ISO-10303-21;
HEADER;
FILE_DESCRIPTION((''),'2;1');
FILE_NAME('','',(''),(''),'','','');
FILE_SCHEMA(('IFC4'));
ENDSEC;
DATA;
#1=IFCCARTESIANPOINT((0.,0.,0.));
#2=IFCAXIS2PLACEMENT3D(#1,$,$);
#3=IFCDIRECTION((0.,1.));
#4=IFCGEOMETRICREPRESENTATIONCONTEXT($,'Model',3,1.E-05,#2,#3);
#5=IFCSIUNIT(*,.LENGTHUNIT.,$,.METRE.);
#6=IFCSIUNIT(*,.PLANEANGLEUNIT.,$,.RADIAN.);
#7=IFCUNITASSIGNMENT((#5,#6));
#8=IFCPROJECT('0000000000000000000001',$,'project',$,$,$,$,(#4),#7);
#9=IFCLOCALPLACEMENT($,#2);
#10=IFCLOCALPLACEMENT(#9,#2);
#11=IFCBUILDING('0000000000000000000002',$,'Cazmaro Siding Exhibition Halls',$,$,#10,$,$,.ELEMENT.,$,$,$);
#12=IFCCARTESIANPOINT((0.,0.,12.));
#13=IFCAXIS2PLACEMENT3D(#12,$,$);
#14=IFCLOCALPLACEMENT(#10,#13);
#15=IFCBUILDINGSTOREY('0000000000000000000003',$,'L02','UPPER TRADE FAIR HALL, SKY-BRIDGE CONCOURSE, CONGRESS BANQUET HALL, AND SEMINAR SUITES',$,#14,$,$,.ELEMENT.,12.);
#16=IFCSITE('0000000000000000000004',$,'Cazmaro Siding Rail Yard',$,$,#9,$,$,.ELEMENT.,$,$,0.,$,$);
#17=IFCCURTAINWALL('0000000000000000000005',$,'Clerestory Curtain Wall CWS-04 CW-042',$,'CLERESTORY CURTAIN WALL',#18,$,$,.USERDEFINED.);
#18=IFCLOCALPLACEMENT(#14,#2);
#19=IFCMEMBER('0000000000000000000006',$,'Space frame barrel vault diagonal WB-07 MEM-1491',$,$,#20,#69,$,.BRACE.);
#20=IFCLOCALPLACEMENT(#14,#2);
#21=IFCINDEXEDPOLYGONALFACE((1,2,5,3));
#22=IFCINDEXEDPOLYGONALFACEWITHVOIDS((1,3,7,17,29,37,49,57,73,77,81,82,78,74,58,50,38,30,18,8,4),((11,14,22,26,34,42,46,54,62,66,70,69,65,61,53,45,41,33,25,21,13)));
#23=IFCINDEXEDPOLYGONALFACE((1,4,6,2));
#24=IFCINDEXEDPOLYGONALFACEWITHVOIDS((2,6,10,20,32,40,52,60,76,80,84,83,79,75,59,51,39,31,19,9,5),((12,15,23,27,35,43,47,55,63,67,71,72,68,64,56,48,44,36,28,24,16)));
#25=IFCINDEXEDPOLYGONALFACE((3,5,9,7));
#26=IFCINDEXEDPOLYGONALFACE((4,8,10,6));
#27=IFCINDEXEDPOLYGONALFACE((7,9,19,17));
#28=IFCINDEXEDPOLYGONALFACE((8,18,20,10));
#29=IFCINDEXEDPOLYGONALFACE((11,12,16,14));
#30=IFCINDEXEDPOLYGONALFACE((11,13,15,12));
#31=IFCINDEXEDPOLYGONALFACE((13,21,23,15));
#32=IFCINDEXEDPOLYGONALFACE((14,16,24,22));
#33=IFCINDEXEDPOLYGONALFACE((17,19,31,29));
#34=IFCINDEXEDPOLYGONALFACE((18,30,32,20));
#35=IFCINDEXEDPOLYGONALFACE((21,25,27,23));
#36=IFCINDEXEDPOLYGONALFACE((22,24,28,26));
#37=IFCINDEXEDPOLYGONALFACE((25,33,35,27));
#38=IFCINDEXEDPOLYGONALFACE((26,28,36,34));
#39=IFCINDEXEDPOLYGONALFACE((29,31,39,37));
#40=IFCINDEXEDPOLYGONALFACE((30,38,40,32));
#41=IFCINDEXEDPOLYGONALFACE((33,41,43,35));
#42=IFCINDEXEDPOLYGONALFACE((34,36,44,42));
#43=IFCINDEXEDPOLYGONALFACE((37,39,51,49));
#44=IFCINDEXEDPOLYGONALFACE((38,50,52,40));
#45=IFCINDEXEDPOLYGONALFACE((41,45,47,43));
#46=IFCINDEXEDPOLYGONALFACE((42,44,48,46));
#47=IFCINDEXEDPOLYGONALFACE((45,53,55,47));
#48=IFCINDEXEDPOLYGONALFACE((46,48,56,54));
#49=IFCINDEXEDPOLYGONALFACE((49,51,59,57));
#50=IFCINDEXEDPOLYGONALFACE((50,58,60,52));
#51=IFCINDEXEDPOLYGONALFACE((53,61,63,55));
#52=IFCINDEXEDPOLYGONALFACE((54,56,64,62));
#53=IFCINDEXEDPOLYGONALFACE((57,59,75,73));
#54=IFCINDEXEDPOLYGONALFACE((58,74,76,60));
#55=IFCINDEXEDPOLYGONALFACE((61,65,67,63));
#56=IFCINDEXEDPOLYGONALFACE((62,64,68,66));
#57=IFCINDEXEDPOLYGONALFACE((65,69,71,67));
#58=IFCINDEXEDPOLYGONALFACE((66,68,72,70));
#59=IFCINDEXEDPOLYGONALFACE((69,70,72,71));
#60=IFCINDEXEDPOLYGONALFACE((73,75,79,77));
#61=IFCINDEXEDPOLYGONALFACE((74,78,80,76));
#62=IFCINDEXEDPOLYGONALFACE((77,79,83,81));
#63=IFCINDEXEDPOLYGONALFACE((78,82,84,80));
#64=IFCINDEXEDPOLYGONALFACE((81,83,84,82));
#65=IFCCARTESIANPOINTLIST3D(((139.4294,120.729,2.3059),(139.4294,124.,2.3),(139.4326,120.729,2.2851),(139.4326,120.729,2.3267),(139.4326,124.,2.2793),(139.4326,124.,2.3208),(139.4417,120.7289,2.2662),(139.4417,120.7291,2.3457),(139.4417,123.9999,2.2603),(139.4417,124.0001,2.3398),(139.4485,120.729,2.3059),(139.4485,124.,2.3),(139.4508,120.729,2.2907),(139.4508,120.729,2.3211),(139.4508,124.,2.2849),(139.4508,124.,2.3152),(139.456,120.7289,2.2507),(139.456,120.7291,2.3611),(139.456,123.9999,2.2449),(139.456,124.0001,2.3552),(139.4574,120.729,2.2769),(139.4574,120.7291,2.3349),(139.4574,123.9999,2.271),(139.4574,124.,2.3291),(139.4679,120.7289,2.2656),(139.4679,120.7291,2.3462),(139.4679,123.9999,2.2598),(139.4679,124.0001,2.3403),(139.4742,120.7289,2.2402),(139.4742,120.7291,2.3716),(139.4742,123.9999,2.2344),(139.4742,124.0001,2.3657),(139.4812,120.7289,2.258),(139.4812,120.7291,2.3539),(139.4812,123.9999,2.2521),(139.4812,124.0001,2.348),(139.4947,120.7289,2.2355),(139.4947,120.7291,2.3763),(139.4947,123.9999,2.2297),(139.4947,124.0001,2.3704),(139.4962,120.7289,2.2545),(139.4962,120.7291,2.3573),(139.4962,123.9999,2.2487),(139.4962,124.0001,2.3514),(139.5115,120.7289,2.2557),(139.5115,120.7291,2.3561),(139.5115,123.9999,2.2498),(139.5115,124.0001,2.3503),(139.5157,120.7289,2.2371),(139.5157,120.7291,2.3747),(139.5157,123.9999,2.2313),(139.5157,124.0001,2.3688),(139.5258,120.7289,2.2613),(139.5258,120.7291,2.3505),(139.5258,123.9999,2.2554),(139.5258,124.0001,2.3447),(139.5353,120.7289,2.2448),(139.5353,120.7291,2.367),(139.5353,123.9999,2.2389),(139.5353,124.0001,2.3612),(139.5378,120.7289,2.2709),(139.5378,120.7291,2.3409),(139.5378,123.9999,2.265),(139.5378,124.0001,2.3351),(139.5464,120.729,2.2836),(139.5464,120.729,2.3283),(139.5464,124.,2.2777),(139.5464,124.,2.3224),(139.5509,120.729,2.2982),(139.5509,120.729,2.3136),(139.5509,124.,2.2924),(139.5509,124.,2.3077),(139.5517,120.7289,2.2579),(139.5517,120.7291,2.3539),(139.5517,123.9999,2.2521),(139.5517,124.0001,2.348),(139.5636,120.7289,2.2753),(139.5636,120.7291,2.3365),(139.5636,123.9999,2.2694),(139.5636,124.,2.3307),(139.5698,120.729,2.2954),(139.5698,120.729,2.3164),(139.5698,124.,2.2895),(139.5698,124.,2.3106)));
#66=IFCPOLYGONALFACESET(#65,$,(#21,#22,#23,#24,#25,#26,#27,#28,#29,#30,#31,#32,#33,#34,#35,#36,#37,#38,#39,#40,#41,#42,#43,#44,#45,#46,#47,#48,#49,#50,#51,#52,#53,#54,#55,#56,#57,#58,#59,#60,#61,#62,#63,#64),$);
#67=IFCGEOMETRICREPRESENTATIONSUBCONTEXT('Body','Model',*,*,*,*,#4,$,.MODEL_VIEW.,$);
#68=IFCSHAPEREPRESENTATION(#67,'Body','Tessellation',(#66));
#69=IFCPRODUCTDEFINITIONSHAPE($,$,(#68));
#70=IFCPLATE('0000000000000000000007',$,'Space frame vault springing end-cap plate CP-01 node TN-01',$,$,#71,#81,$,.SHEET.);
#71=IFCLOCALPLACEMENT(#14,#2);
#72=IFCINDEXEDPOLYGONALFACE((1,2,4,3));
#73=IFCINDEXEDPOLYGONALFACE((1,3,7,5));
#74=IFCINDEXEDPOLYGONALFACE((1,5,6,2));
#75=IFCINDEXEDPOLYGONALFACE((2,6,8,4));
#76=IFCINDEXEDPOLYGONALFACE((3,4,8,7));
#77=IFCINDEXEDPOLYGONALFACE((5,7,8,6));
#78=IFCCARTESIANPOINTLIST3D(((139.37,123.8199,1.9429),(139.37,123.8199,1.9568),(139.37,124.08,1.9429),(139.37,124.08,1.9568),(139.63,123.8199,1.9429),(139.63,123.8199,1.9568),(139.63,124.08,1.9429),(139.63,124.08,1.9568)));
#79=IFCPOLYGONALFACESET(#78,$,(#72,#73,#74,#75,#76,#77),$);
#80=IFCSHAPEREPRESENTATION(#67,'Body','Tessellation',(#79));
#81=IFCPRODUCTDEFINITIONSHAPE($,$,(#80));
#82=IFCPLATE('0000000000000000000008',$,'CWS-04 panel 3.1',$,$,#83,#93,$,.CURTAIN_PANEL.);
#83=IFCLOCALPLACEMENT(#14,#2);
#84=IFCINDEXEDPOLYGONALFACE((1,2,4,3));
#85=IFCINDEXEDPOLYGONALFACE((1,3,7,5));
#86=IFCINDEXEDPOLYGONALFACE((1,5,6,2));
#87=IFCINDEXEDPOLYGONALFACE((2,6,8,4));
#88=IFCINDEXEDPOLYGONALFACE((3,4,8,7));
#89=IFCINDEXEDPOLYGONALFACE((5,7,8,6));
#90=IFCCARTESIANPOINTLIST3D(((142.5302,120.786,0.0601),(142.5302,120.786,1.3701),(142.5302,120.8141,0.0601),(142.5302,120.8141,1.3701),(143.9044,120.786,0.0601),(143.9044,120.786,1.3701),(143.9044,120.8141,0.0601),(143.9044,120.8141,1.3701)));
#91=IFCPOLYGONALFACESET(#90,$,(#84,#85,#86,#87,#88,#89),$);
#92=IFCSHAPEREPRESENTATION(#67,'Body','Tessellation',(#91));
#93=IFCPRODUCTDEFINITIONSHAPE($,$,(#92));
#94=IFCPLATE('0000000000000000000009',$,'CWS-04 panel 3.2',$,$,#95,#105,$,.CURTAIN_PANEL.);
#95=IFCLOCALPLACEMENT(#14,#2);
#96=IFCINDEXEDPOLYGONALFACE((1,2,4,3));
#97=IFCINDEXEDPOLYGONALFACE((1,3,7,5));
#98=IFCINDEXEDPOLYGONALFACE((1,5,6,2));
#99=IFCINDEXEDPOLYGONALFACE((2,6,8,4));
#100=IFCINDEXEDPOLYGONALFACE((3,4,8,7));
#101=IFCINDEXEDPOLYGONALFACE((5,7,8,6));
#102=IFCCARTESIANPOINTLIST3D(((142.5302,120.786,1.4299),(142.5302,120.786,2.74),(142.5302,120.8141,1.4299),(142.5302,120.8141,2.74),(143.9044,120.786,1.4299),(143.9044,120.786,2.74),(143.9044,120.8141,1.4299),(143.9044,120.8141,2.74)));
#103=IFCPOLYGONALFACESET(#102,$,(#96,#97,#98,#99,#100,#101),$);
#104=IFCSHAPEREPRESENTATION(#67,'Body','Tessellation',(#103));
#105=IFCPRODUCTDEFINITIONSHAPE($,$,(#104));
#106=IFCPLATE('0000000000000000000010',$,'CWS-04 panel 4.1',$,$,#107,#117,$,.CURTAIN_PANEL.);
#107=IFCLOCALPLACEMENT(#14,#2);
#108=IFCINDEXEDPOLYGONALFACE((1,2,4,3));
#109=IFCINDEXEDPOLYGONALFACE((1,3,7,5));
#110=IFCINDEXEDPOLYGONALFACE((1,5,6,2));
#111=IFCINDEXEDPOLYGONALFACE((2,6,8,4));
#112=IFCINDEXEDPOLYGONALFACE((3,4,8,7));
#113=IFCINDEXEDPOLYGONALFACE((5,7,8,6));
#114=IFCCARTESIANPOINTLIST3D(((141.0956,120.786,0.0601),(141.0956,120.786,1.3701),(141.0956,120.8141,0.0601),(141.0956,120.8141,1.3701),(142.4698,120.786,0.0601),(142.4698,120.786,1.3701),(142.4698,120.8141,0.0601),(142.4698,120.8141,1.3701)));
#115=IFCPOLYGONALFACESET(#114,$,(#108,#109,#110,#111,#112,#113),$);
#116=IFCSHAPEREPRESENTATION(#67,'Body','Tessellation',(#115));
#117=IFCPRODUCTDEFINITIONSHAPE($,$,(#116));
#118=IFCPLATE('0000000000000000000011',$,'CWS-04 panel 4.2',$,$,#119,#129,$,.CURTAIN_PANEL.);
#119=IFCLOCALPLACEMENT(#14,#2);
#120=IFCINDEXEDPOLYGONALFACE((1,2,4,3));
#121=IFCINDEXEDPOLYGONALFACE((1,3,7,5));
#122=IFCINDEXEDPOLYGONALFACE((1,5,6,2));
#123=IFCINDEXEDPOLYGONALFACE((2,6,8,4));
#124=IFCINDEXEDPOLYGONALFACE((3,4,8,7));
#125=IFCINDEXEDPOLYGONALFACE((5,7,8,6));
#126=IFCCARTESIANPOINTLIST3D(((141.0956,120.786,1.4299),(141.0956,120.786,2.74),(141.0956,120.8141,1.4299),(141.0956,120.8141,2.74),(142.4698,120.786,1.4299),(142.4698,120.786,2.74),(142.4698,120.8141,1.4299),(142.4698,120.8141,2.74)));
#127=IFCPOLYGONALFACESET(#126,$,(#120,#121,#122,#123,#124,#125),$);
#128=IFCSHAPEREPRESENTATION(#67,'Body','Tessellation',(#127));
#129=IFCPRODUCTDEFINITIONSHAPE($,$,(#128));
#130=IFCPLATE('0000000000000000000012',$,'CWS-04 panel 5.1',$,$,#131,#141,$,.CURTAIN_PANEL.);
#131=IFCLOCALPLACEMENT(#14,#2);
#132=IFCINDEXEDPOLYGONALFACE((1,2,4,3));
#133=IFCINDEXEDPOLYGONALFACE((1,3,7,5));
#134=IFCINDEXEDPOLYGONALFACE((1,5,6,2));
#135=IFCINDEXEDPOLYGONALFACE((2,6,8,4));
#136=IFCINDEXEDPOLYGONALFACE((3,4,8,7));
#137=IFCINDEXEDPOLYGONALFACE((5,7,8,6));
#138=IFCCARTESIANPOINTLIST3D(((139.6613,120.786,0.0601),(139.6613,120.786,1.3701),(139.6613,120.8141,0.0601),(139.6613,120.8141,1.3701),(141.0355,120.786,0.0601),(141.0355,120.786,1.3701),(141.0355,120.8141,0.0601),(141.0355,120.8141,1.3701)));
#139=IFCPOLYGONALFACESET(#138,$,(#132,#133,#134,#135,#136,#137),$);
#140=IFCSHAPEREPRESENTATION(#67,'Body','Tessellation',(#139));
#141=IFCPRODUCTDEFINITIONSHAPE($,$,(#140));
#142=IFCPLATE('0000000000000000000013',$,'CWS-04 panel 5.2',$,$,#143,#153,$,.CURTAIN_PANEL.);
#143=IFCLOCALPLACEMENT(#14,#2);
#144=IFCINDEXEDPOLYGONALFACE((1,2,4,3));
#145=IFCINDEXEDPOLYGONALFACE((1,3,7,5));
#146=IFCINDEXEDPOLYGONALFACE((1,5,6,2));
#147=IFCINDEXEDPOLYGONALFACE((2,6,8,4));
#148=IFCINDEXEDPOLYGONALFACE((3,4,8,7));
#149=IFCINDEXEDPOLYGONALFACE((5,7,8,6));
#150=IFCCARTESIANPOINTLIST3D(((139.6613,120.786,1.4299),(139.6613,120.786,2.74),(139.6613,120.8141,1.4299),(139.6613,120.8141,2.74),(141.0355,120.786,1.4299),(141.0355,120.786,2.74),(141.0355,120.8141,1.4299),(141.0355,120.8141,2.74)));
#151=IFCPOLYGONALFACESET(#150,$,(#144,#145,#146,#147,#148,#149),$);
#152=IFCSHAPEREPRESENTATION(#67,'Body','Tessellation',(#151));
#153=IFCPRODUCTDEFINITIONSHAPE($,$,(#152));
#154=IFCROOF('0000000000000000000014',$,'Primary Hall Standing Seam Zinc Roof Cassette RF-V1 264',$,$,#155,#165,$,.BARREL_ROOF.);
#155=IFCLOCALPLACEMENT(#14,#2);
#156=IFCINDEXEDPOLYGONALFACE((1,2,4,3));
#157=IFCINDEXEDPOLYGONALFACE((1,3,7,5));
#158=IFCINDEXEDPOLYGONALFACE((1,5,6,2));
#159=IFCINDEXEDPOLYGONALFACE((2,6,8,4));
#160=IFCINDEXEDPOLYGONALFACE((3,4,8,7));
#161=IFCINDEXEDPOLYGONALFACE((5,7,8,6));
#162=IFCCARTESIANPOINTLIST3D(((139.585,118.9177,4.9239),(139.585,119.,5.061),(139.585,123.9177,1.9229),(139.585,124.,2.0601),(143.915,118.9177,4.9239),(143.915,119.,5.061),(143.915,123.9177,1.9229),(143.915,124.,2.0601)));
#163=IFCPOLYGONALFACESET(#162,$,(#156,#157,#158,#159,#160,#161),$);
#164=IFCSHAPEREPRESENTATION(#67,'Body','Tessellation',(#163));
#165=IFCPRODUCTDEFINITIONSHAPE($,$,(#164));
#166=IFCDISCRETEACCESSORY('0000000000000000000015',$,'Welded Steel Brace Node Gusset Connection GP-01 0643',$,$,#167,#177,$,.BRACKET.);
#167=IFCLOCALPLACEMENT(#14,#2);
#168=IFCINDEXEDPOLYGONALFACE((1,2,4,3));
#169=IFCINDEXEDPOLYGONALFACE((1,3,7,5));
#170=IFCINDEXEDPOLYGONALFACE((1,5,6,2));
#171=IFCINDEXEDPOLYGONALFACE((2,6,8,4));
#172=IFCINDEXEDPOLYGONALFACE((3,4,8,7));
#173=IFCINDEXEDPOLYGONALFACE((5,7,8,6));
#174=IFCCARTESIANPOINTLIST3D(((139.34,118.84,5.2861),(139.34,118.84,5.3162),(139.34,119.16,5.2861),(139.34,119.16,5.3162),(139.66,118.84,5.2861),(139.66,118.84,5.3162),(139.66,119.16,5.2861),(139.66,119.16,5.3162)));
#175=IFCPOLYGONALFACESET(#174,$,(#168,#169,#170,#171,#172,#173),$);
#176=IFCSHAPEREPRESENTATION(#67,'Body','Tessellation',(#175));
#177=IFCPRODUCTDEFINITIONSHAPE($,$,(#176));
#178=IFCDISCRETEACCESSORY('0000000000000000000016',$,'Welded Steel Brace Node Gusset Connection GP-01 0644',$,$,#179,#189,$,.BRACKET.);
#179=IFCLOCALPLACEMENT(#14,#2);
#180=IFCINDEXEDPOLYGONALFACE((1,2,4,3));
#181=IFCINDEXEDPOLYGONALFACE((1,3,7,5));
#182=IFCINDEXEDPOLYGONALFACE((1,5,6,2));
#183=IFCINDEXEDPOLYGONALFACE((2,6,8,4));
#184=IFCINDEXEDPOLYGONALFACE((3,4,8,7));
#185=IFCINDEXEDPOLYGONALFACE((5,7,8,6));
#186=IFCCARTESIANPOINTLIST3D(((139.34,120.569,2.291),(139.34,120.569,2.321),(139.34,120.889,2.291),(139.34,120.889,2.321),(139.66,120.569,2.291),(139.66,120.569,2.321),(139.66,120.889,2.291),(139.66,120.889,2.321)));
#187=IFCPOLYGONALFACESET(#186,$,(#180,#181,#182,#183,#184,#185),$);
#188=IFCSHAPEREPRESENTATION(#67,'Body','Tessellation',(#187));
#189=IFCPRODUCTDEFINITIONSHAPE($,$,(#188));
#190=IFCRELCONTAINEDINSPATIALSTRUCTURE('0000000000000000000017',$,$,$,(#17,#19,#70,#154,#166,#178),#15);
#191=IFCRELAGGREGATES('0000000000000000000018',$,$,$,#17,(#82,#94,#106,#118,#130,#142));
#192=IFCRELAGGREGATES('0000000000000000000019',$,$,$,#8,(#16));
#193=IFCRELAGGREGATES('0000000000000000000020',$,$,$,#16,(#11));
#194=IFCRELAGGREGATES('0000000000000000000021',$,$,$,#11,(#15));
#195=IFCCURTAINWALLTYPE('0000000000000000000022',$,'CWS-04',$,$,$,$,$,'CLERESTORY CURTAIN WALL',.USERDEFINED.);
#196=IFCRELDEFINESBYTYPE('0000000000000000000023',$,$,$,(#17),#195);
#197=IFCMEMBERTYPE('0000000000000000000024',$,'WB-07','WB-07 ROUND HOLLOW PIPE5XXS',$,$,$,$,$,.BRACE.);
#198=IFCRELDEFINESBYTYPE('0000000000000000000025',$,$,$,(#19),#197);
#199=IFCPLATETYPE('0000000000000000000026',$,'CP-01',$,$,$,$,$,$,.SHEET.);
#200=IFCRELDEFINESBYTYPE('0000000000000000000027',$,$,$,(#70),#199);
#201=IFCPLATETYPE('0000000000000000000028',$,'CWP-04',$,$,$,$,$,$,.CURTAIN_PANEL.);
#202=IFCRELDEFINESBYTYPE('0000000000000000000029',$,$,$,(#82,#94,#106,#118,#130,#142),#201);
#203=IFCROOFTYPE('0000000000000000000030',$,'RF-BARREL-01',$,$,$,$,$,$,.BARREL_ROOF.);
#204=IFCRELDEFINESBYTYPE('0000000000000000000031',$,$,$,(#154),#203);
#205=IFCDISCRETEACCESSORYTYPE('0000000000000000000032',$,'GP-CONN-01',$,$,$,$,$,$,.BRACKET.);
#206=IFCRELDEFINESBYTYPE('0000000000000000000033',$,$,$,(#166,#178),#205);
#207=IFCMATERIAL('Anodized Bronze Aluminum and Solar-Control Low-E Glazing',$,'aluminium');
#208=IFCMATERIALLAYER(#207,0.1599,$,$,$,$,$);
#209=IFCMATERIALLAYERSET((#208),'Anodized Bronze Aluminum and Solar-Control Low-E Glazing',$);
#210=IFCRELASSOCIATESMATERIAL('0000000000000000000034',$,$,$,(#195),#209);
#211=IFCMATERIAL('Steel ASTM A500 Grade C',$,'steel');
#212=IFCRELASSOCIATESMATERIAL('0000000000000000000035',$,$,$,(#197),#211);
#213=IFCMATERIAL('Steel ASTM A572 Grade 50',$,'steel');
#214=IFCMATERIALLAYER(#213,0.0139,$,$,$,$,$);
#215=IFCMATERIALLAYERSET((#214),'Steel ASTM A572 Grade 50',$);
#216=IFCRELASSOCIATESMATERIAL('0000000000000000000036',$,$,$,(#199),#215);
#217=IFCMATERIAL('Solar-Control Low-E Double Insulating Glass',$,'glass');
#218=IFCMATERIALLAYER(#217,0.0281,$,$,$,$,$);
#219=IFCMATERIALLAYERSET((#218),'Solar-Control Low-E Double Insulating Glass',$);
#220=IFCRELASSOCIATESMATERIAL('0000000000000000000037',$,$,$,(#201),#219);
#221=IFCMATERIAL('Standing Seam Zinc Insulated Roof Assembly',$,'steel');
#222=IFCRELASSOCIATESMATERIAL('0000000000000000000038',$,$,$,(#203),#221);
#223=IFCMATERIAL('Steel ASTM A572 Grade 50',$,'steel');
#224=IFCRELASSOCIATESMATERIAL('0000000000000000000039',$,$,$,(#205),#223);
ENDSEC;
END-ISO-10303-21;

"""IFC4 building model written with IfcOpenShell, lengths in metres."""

from ifc_helpers import new_model, si_unit, direction, frame, origin, origin_2d, place, context, subcontext, project, spatial, polyline, rectangle, hollow_circle, outline, extrude, material, layer, layer_set, material_profile, profile_set, type_object, element, aggregate, save


model = new_model("IFC4")

# Units and contexts
model_context = context("Model", 3, precision=1e-05, world=origin(), true_north=direction((0.0, 1.0)))
body_context = subcontext(model_context, "Body", "Model", "MODEL_VIEW")
ifc_project = project(units=[si_unit("LENGTHUNIT", "METRE"), si_unit("PLANEANGLEUNIT", "RADIAN")], contexts=[model_context])

# Site, building, storey
site_placement = place(None, origin())
site = spatial("IfcSite", under=ifc_project, at=site_placement, Name="Cazmaro Siding Rail Yard", CompositionType="ELEMENT", RefElevation=0.0)
building_placement = place(site_placement, origin())
building = spatial("IfcBuilding", under=site, at=building_placement, Name="Cazmaro Siding Exhibition Halls", CompositionType="ELEMENT")
storey_placement = place(building_placement, frame((0.0, 0.0, 12.0)))
storey = spatial("IfcBuildingStorey", under=building, at=storey_placement, Name="L02", Description="UPPER TRADE FAIR HALL, SKY-BRIDGE CONCOURSE, CONGRESS BANQUET HALL, AND SEMINAR SUITES", CompositionType="ELEMENT", Elevation=12.0)

# Curtain wall
ifc_material_1 = material(Name="Anodized Bronze Aluminum and Solar-Control Low-E Glazing", Category="aluminium")
ifc_layer_1 = layer(ifc_material_1, 0.1599)
ifc_layer_set_1 = layer_set([ifc_layer_1], Name="Anodized Bronze Aluminum and Solar-Control Low-E Glazing")
curtain_wall_type = type_object("IfcCurtainWallType", Name="CWS-04", ElementType="CLERESTORY CURTAIN WALL", PredefinedType="USERDEFINED", material=ifc_layer_set_1)
curtain_wall_placement = place(storey_placement, origin())
curtain_wall = element("IfcCurtainWall", 1, at=curtain_wall_placement, inside=storey, type_object=curtain_wall_type, Name="Clerestory Curtain Wall CWS-04 CW-042", ObjectType="CLERESTORY CURTAIN WALL", PredefinedType="USERDEFINED")

# Member
ifc_material_2 = material(Name="Steel ASTM A500 Grade C", Category="steel")
ifc_material_profile_1 = material_profile(ifc_material_2, hollow_circle(Radius=0.0706, WallThickness=0.019, at=origin_2d()), Name="PIPE5XXS")
ifc_profile_set_1 = profile_set([ifc_material_profile_1], Name="Steel ASTM A500 Grade C")
member_type_1 = type_object("IfcMemberType", Name="WB-07", Description="WB-07 ROUND HOLLOW PIPE5XXS", PredefinedType="BRACE", material=ifc_profile_set_1)
member_1_placement = place(storey_placement, frame((139.5, 120.729, 2.3059), z_axis=(0.0, 0.999998, -0.001791), x_axis=(-1.0, 0.0, 0.0)))
element("IfcMember", 2, at=member_1_placement, inside=storey, type_object=member_type_1, Name="Space frame barrel vault diagonal WB-07 MEM-1491", PredefinedType="BRACE", context=body_context, shape_type="SweptSolid", body=[
    extrude(hollow_circle(Radius=0.0706, WallThickness=0.019, at=origin_2d()), origin(), (0.0, 0.0, 1.0), 3.271),
])

# Plates
ifc_material_3 = material(Name="Steel ASTM A572 Grade 50", Category="steel")
ifc_layer_2 = layer(ifc_material_3, 0.0139)
ifc_layer_set_2 = layer_set([ifc_layer_2], Name="Steel ASTM A572 Grade 50")
plate_type_1 = type_object("IfcPlateType", Name="CP-01", PredefinedType="SHEET", material=ifc_layer_set_2)
plate_1_placement = place(storey_placement, frame((139.5, 123.95, 1.9429), z_axis=(0.0, 0.0, 1.0), x_axis=(1.0, 0.0, 0.0)))
element("IfcPlate", 3, at=plate_1_placement, inside=storey, type_object=plate_type_1, Name="Space frame vault springing end-cap plate CP-01 node TN-01", PredefinedType="SHEET", context=body_context, shape_type="SweptSolid", body=[
    extrude(rectangle(XDim=0.26, YDim=0.26, at=origin_2d()), origin(), (0.0, 0.0, 1.0), 0.0139),
])
ifc_material_4 = material(Name="Solar-Control Low-E Double Insulating Glass", Category="glass")
ifc_layer_3 = layer(ifc_material_4, 0.0281)
ifc_layer_set_3 = layer_set([ifc_layer_3], Name="Solar-Control Low-E Double Insulating Glass")
plate_type_2 = type_object("IfcPlateType", Name="CWP-04", PredefinedType="CURTAIN_PANEL", material=ifc_layer_set_3)
plate_2_placement = place(storey_placement, frame((143.2173, 120.8, 0.0601), z_axis=(0.0, 0.0, 1.0), x_axis=(-1.0, 0.0, 0.0)))
plate_2 = element("IfcPlate", 4, at=plate_2_placement, type_object=plate_type_2, Name="CWS-04 panel 3.1", PredefinedType="CURTAIN_PANEL", context=body_context, shape_type="SweptSolid", body=[
    extrude(rectangle(XDim=1.3743, YDim=0.0281, at=origin_2d()), origin(), (0.0, 0.0, 1.0), 1.3101),
])
plate_3_placement = place(storey_placement, frame((143.2173, 120.8, 1.4299), z_axis=(0.0, 0.0, 1.0), x_axis=(-1.0, 0.0, 0.0)))
plate_3 = element("IfcPlate", 5, at=plate_3_placement, type_object=plate_type_2, Name="CWS-04 panel 3.2", PredefinedType="CURTAIN_PANEL", context=body_context, shape_type="SweptSolid", body=[
    extrude(rectangle(XDim=1.3743, YDim=0.0281, at=origin_2d()), origin(), (0.0, 0.0, 1.0), 1.3101),
])
plate_4_placement = place(storey_placement, frame((141.7827, 120.8, 0.0601), z_axis=(0.0, 0.0, 1.0), x_axis=(-1.0, 0.0, 0.0)))
plate_4 = element("IfcPlate", 6, at=plate_4_placement, type_object=plate_type_2, Name="CWS-04 panel 4.1", PredefinedType="CURTAIN_PANEL", context=body_context, shape_type="SweptSolid", body=[
    extrude(rectangle(XDim=1.3743, YDim=0.0281, at=origin_2d()), origin(), (0.0, 0.0, 1.0), 1.3101),
])
plate_5_placement = place(storey_placement, frame((141.7827, 120.8, 1.4299), z_axis=(0.0, 0.0, 1.0), x_axis=(-1.0, 0.0, 0.0)))
plate_5 = element("IfcPlate", 7, at=plate_5_placement, type_object=plate_type_2, Name="CWS-04 panel 4.2", PredefinedType="CURTAIN_PANEL", context=body_context, shape_type="SweptSolid", body=[
    extrude(rectangle(XDim=1.3743, YDim=0.0281, at=origin_2d()), origin(), (0.0, 0.0, 1.0), 1.3101),
])
plate_6_placement = place(storey_placement, frame((140.3484, 120.8, 0.0601), z_axis=(0.0, 0.0, 1.0), x_axis=(-1.0, 0.0, 0.0)))
plate_6 = element("IfcPlate", 8, at=plate_6_placement, type_object=plate_type_2, Name="CWS-04 panel 5.1", PredefinedType="CURTAIN_PANEL", context=body_context, shape_type="SweptSolid", body=[
    extrude(rectangle(XDim=1.3743, YDim=0.0281, at=origin_2d()), origin(), (0.0, 0.0, 1.0), 1.3101),
])
plate_7_placement = place(storey_placement, frame((140.3484, 120.8, 1.4299), z_axis=(0.0, 0.0, 1.0), x_axis=(-1.0, 0.0, 0.0)))
plate_7 = element("IfcPlate", 9, at=plate_7_placement, type_object=plate_type_2, Name="CWS-04 panel 5.2", PredefinedType="CURTAIN_PANEL", context=body_context, shape_type="SweptSolid", body=[
    extrude(rectangle(XDim=1.3743, YDim=0.0281, at=origin_2d()), origin(), (0.0, 0.0, 1.0), 1.3101),
])
aggregate(curtain_wall, [plate_2, plate_3, plate_4, plate_5, plate_6, plate_7])

# Roof
ifc_material_5 = material(Name="Standing Seam Zinc Insulated Roof Assembly", Category="steel")
roof_type = type_object("IfcRoofType", Name="RF-BARREL-01", PredefinedType="BARREL_ROOF", material=ifc_material_5)
roof_placement = place(storey_placement, frame((139.585, 119.0, 5.061), z_axis=(0.0, 0.514619, 0.857419), x_axis=(1.0, 0.0, 0.0)))
element("IfcRoof", 10, at=roof_placement, inside=storey, type_object=roof_type, Name="Primary Hall Standing Seam Zinc Roof Cassette RF-V1 264", PredefinedType="BARREL_ROOF", context=body_context, shape_type="SweptSolid", body=[
    extrude(outline(polyline([(0.0, 0.0), (4.3301, 0.0), (4.3301, 5.8315), (0.0, 5.8315), (0.0, 0.0)])), origin(), (0.0, 0.0, -1.0), 0.1599),
])

# Discrete accessories
ifc_material_6 = material(Name="Steel ASTM A572 Grade 50", Category="steel")
discrete_accessory_type = type_object("IfcDiscreteAccessoryType", Name="GP-CONN-01", PredefinedType="BRACKET", material=ifc_material_6)
for number, where, z_axis, x_axis, name in (
    (11, (139.5, 119.0, 5.2861), (0.0, 0.0, 1.0), (1.0, 0.0, 0.0), "Welded Steel Brace Node Gusset Connection GP-01 0643"),
    (12, (139.5, 120.729, 2.291), (0.0, 0.0, 1.0), (1.0, 0.0, 0.0), "Welded Steel Brace Node Gusset Connection GP-01 0644"),
):
    element("IfcDiscreteAccessory", number, at=place(storey_placement, frame(where, z_axis=z_axis, x_axis=x_axis)), inside=storey, type_object=discrete_accessory_type, Name=name, PredefinedType="BRACKET", context=body_context, shape_type="SweptSolid", body=[
        extrude(rectangle(XDim=0.3201, YDim=0.3201, at=origin_2d()), origin(), (0.0, 0.0, 1.0), 0.03),
    ])

save(model, "model.ifc")
